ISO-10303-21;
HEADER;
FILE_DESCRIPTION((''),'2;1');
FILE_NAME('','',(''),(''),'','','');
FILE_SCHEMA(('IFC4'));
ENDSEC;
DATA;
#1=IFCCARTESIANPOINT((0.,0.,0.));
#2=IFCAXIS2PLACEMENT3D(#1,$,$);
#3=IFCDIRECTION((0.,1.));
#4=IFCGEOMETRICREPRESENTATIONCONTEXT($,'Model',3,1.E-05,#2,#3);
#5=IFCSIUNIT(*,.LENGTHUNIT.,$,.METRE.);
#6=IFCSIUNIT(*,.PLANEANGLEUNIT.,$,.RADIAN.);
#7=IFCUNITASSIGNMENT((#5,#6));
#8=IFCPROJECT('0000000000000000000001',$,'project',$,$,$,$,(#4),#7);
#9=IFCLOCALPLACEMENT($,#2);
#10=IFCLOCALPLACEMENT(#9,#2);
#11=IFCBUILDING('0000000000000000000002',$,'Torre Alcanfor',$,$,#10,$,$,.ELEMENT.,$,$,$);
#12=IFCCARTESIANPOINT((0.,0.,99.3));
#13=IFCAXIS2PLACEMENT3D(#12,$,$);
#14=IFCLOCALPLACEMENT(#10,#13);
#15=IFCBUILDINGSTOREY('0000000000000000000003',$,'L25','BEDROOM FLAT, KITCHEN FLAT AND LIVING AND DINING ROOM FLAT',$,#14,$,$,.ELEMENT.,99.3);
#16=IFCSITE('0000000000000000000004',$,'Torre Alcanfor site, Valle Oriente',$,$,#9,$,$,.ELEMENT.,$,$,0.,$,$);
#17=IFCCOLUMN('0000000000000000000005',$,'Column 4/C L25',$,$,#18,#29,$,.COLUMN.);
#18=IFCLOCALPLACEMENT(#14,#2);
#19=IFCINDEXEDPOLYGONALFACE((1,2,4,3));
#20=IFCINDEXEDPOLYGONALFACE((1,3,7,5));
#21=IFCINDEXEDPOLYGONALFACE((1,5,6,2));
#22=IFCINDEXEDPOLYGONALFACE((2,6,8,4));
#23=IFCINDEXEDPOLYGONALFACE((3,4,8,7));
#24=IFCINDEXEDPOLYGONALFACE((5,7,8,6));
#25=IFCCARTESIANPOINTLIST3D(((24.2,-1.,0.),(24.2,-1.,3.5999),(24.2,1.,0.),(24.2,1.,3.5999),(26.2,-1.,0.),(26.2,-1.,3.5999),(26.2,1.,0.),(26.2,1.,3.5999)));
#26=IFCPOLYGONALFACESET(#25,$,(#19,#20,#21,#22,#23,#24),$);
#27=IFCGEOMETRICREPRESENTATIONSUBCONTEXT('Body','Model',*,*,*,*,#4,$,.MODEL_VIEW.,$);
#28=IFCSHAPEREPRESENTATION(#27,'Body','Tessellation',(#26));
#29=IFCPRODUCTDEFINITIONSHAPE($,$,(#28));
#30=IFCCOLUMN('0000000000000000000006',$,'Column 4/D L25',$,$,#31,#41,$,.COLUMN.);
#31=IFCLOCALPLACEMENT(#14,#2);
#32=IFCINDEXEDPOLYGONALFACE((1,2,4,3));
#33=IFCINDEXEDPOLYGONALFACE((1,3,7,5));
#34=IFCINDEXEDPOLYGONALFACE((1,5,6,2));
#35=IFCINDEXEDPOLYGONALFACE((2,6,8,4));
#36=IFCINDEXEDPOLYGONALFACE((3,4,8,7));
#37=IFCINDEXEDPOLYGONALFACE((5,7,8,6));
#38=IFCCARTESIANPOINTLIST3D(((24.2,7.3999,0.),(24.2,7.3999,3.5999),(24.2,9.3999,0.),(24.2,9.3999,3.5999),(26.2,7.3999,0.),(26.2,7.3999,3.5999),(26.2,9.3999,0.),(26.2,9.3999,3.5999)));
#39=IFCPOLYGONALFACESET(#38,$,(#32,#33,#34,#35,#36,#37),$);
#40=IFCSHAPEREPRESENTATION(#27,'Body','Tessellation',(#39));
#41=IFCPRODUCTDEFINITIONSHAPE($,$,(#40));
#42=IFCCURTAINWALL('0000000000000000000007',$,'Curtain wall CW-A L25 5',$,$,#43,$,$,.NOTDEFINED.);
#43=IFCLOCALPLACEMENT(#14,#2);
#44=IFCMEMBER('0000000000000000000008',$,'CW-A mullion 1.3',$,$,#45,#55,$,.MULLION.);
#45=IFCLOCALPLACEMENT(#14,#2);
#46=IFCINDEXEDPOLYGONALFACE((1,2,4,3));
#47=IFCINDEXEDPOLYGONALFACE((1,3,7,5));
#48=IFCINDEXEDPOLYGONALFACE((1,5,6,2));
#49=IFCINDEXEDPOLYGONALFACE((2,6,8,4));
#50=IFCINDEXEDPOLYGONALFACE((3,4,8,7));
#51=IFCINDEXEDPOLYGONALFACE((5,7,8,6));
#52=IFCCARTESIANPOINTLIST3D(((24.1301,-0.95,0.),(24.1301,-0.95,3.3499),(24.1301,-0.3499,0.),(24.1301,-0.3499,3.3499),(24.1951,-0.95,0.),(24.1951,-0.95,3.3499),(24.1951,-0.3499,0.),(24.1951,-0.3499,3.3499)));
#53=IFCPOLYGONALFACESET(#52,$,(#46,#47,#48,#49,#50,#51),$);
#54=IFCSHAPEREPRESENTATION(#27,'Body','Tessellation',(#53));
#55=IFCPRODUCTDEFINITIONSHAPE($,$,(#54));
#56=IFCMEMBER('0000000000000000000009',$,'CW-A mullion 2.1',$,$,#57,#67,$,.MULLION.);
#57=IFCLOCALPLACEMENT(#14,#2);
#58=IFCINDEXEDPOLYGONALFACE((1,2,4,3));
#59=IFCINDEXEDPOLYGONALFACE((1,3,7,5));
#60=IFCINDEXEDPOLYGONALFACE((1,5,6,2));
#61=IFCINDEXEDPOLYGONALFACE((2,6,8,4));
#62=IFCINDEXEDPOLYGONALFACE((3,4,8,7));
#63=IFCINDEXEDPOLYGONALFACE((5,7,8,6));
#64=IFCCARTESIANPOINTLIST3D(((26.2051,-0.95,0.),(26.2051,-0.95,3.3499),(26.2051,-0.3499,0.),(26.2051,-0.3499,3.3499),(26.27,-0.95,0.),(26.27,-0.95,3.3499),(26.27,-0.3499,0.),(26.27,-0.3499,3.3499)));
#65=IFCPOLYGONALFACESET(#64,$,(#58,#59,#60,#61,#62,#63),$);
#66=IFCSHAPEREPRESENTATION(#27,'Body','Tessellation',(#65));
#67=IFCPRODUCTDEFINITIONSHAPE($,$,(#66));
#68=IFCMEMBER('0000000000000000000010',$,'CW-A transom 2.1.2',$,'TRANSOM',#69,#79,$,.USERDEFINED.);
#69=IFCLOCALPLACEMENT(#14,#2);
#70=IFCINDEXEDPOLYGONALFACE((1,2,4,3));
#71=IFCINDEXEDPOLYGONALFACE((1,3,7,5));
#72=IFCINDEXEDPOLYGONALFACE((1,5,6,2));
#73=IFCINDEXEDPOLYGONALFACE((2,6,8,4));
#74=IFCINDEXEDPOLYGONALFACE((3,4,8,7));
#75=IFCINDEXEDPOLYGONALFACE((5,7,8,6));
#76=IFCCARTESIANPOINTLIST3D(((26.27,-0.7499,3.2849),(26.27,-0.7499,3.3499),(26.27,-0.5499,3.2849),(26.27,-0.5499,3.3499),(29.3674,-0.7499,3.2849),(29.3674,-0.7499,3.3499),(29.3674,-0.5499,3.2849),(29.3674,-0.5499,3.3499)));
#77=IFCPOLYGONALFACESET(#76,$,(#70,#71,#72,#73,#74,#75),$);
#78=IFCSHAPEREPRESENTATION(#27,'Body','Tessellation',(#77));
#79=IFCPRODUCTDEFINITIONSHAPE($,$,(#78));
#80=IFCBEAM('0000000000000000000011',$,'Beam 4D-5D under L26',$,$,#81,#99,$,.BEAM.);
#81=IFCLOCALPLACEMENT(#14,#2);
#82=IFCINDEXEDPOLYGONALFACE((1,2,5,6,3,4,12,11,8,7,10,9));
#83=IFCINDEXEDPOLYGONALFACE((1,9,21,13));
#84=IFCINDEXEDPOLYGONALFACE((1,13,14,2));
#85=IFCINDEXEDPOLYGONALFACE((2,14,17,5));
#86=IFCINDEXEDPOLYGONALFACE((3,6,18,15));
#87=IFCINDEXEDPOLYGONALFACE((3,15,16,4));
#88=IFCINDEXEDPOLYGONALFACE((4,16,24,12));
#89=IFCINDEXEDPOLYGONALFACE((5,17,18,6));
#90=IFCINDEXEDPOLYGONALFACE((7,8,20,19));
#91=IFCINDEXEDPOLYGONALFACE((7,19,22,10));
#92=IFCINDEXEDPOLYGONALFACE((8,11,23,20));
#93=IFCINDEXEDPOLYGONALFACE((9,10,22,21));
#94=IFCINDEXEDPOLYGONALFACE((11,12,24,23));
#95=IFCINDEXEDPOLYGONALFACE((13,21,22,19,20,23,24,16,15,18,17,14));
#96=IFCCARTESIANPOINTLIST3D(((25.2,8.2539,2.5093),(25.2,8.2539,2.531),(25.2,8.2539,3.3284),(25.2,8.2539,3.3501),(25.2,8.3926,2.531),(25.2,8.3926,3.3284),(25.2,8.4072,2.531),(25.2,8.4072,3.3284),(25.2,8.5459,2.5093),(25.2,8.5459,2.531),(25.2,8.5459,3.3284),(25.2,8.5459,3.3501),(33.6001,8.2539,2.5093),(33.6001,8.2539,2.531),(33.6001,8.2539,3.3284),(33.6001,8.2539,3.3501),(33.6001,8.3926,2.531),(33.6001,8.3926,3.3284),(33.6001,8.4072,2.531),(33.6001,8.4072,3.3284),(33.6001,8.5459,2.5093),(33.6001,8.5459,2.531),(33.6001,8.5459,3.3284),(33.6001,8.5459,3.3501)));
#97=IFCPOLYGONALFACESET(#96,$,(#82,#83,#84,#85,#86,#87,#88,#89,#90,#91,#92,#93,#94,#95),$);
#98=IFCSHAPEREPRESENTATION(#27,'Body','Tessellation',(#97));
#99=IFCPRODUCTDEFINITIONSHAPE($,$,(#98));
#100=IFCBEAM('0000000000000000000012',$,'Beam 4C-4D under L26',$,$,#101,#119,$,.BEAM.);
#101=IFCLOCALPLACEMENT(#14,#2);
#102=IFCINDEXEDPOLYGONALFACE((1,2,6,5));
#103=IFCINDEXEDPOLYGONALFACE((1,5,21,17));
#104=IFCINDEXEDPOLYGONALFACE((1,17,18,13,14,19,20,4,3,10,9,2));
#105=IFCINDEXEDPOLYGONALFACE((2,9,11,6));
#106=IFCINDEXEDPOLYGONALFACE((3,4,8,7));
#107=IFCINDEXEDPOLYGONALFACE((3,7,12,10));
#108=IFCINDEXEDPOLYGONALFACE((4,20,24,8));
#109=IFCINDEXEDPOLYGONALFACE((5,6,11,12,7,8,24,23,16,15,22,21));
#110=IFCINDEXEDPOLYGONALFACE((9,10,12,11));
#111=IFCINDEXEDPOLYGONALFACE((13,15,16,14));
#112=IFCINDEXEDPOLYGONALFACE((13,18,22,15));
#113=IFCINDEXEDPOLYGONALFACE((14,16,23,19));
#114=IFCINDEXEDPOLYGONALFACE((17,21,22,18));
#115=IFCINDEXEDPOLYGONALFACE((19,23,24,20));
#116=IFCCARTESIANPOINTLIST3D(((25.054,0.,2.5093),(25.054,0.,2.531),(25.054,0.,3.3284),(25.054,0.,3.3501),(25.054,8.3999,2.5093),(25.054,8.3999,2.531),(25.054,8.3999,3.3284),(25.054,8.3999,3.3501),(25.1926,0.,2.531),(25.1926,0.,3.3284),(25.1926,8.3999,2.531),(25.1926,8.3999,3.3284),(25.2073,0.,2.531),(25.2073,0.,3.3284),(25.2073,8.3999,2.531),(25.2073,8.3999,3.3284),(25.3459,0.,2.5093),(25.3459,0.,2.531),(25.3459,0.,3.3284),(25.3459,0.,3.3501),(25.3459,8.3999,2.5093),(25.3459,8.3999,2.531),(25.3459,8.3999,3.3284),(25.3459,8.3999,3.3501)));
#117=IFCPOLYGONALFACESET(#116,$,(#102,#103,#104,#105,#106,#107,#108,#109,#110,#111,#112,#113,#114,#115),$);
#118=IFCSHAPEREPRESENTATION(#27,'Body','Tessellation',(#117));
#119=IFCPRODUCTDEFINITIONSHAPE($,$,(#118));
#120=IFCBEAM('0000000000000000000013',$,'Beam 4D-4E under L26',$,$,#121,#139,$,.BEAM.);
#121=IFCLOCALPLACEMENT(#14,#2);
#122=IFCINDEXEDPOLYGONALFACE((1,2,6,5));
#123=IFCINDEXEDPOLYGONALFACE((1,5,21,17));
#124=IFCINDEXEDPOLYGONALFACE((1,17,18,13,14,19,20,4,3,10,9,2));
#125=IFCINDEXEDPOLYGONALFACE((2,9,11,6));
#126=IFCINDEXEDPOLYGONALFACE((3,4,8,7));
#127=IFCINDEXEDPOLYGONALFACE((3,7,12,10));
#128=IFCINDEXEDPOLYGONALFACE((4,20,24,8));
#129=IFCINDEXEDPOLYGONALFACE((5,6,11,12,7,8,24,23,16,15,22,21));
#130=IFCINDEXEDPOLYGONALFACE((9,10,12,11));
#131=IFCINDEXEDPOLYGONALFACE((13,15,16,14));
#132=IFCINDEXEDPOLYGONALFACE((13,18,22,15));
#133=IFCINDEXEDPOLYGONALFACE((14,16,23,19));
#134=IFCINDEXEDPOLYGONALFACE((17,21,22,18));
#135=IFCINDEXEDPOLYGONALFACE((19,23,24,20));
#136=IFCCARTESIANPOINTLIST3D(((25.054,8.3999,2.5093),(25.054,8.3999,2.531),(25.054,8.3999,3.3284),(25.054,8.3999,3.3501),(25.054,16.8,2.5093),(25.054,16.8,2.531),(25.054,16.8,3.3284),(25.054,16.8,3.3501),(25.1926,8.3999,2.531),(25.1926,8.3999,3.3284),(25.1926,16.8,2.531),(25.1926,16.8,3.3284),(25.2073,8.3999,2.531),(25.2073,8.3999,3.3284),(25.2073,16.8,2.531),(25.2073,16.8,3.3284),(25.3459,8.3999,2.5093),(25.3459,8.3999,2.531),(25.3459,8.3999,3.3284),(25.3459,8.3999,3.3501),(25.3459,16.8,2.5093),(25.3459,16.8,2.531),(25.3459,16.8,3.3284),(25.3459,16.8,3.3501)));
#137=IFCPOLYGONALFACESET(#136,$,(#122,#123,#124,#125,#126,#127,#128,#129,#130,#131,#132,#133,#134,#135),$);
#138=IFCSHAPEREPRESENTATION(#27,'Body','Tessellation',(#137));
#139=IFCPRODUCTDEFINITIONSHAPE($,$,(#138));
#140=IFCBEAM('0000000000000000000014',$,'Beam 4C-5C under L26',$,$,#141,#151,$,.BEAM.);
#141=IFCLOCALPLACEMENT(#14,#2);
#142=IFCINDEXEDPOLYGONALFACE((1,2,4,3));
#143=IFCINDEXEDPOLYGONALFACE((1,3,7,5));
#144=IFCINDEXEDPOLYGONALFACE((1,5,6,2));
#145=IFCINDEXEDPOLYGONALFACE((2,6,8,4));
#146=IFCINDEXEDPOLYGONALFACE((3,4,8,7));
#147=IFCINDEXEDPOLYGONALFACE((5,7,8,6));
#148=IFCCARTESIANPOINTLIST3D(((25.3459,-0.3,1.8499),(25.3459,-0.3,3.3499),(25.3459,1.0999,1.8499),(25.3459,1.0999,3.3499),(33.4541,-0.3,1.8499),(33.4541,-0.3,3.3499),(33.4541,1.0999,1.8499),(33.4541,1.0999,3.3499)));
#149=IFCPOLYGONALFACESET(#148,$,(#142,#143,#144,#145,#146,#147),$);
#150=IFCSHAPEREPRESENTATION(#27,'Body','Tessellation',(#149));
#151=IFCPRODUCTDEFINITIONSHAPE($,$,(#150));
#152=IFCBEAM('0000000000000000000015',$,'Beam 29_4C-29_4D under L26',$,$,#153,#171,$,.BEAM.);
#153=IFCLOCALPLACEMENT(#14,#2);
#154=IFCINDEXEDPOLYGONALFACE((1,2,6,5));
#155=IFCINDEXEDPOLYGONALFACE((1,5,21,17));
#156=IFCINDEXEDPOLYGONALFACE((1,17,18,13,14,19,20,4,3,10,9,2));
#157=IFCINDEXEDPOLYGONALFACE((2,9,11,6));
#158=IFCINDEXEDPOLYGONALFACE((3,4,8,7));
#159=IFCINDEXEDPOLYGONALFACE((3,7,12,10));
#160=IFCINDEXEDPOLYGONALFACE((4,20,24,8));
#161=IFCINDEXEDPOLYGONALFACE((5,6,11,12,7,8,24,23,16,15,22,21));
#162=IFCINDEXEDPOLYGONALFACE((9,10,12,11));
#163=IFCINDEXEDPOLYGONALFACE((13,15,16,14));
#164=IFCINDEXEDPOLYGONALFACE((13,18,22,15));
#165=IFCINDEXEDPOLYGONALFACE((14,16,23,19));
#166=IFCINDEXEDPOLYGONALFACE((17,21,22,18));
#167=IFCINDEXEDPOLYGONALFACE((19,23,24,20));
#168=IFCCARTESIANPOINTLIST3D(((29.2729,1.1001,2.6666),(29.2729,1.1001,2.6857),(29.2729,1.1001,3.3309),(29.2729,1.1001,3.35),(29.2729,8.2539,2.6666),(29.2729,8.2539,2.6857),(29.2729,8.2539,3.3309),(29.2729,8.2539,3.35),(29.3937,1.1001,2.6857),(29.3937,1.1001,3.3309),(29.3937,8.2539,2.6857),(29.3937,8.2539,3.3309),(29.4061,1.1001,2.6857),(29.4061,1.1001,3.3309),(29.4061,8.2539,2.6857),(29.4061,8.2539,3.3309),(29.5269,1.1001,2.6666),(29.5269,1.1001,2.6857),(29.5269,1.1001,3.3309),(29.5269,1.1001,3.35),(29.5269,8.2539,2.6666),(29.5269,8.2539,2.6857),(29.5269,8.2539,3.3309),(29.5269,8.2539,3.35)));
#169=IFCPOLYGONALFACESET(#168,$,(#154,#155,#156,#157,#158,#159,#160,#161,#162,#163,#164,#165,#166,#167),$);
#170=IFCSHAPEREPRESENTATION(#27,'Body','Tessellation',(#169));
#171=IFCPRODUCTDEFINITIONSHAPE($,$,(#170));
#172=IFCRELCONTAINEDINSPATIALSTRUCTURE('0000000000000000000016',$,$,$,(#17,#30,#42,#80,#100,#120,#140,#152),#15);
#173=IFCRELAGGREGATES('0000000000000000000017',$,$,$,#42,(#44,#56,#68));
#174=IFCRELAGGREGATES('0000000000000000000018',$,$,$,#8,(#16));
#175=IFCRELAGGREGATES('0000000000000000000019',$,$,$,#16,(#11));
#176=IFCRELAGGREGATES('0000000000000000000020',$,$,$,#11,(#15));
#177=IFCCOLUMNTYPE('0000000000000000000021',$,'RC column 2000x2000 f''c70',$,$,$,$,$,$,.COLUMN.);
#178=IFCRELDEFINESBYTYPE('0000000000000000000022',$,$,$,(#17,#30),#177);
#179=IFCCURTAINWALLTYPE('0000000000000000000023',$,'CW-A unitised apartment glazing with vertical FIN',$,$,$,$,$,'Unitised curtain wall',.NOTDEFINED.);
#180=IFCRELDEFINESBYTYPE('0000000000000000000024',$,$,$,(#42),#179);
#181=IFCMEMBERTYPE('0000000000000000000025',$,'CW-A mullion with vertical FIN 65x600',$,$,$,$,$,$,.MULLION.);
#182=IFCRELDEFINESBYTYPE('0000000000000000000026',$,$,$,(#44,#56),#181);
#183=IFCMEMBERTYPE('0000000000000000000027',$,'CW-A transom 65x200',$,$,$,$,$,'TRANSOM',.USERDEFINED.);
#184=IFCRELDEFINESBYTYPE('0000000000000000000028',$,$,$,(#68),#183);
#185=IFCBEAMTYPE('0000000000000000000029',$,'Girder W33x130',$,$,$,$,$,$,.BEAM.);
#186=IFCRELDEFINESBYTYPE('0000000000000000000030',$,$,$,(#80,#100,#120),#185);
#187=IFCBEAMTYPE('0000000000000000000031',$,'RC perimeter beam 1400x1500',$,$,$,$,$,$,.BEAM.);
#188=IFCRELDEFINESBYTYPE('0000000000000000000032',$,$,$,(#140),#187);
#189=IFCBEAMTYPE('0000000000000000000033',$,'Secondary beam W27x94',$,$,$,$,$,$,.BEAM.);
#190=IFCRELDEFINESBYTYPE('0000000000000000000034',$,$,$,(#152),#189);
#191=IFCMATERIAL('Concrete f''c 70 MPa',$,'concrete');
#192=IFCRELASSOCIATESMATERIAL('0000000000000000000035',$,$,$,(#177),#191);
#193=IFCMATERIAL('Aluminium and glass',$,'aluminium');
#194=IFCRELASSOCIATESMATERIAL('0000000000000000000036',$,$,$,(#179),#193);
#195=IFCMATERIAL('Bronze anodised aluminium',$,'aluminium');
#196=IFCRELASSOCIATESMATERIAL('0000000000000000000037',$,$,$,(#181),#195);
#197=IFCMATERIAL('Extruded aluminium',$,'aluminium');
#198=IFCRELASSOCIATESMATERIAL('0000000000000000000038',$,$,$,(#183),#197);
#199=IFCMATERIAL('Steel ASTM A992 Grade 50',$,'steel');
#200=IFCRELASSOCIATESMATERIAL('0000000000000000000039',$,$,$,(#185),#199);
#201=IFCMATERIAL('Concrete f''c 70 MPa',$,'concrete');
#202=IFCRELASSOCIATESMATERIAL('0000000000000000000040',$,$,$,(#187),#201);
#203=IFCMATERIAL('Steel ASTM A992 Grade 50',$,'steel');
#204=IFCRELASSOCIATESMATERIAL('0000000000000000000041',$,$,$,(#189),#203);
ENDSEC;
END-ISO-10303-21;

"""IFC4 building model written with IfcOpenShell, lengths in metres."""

from ifc_helpers import new_model, si_unit, direction, frame, origin, origin_2d, place, context, subcontext, project, spatial, rectangle, i_section, extrude, material, material_profile, profile_set, type_object, element, aggregate, save


model = new_model("IFC4")

# Units and contexts
model_context = context("Model", 3, precision=1e-05, world=origin(), true_north=direction((0.0, 1.0)))
body_context = subcontext(model_context, "Body", "Model", "MODEL_VIEW")
ifc_project = project(units=[si_unit("LENGTHUNIT", "METRE"), si_unit("PLANEANGLEUNIT", "RADIAN")], contexts=[model_context])

# Site, building, storey
site_placement = place(None, origin())
site = spatial("IfcSite", under=ifc_project, at=site_placement, Name="Torre Alcanfor site, Valle Oriente", CompositionType="ELEMENT", RefElevation=0.0)
building_placement = place(site_placement, origin())
building = spatial("IfcBuilding", under=site, at=building_placement, Name="Torre Alcanfor", CompositionType="ELEMENT")
storey_placement = place(building_placement, frame((0.0, 0.0, 99.3)))
storey = spatial("IfcBuildingStorey", under=building, at=storey_placement, Name="L25", Description="BEDROOM FLAT, KITCHEN FLAT AND LIVING AND DINING ROOM FLAT", CompositionType="ELEMENT", Elevation=99.3)

# Columns
ifc_material_1 = material(Name="Concrete f'c 70 MPa", Category="concrete")
ifc_material_profile_1 = material_profile(ifc_material_1, rectangle(XDim=2.0, YDim=2.0, at=origin_2d()), Name="2000x2000")
ifc_profile_set_1 = profile_set([ifc_material_profile_1], Name="Concrete f'c 70 MPa")
column_type = type_object("IfcColumnType", Name="RC column 2000x2000 f'c70", PredefinedType="COLUMN", material=ifc_profile_set_1)
for number, where, z_axis, x_axis, name in (
    (1, (25.2, 0.0, 0.0), (0.0, 0.0, 1.0), (1.0, 0.0, 0.0), "Column 4/C L25"),
    (2, (25.2, 8.3999, 0.0), (0.0, 0.0, 1.0), (1.0, 0.0, 0.0), "Column 4/D L25"),
):
    element("IfcColumn", number, at=place(storey_placement, frame(where, z_axis=z_axis, x_axis=x_axis)), inside=storey, type_object=column_type, Name=name, PredefinedType="COLUMN", context=body_context, shape_type="SweptSolid", body=[
        extrude(rectangle(XDim=2.0, YDim=2.0, at=origin_2d()), origin(), (0.0, 0.0, 1.0), 3.5999),
    ])

# Curtain wall, members
ifc_material_2 = material(Name="Aluminium and glass", Category="aluminium")
curtain_wall_type = type_object("IfcCurtainWallType", Name="CW-A unitised apartment glazing with vertical FIN", ElementType="Unitised curtain wall", PredefinedType="NOTDEFINED", material=ifc_material_2)
curtain_wall_placement = place(storey_placement, origin())
curtain_wall = element("IfcCurtainWall", 3, at=curtain_wall_placement, inside=storey, type_object=curtain_wall_type, Name="Curtain wall CW-A L25 5", PredefinedType="NOTDEFINED")
ifc_material_3 = material(Name="Bronze anodised aluminium", Category="aluminium")
ifc_material_profile_2 = material_profile(ifc_material_3, rectangle(XDim=0.6001, YDim=0.0649, at=origin_2d()), Name="CW-A mullion 65x600")
ifc_profile_set_2 = profile_set([ifc_material_profile_2], Name="Bronze anodised aluminium")
member_type_1 = type_object("IfcMemberType", Name="CW-A mullion with vertical FIN 65x600", PredefinedType="MULLION", material=ifc_profile_set_2)
member_1_placement = place(storey_placement, frame((24.1626, -0.6499, 0.0), z_axis=(0.0, 0.0, 1.0), x_axis=(0.0, 1.0, 0.0)))
member_1 = element("IfcMember", 4, at=member_1_placement, type_object=member_type_1, Name="CW-A mullion 1.3", PredefinedType="MULLION", context=body_context, shape_type="SweptSolid", body=[
    extrude(rectangle(XDim=0.6001, YDim=0.0649, at=origin_2d()), origin(), (0.0, 0.0, 1.0), 3.3499),
])
member_2_placement = place(storey_placement, frame((26.2375, -0.6499, 0.0), z_axis=(0.0, 0.0, 1.0), x_axis=(0.0, 1.0, 0.0)))
member_2 = element("IfcMember", 5, at=member_2_placement, type_object=member_type_1, Name="CW-A mullion 2.1", PredefinedType="MULLION", context=body_context, shape_type="SweptSolid", body=[
    extrude(rectangle(XDim=0.6001, YDim=0.0649, at=origin_2d()), origin(), (0.0, 0.0, 1.0), 3.3499),
])
ifc_material_4 = material(Name="Extruded aluminium", Category="aluminium")
ifc_material_profile_3 = material_profile(ifc_material_4, rectangle(XDim=0.2, YDim=0.0649, at=origin_2d()), Name="CW-A transom 200x65")
ifc_profile_set_3 = profile_set([ifc_material_profile_3], Name="Extruded aluminium")
member_type_2 = type_object("IfcMemberType", Name="CW-A transom 65x200", ElementType="TRANSOM", PredefinedType="USERDEFINED", material=ifc_profile_set_3)
member_3_placement = place(storey_placement, frame((26.27, -0.6499, 3.3174), z_axis=(1.0, 0.0, 0.0), x_axis=(0.0, 1.0, 0.0)))
member_3 = element("IfcMember", 6, at=member_3_placement, type_object=member_type_2, Name="CW-A transom 2.1.2", ObjectType="TRANSOM", PredefinedType="USERDEFINED", context=body_context, shape_type="SweptSolid", body=[
    extrude(rectangle(XDim=0.2, YDim=0.0649, at=origin_2d()), origin(), (0.0, 0.0, 1.0), 3.0974),
])

# Beams
ifc_material_5 = material(Name="Steel ASTM A992 Grade 50", Category="steel")
ifc_material_profile_4 = material_profile(ifc_material_5, i_section(OverallWidth=0.292, OverallDepth=0.8408, WebThickness=0.0146, FlangeThickness=0.0217, at=origin_2d()), Name="W33x130")
ifc_profile_set_4 = profile_set([ifc_material_profile_4], Name="Steel ASTM A992 Grade 50")
beam_type_1 = type_object("IfcBeamType", Name="Girder W33x130", PredefinedType="BEAM", material=ifc_profile_set_4)
beam_1_placement = place(storey_placement, frame((25.2, 8.3999, 2.9297), z_axis=(1.0, 0.0, 0.0), x_axis=(0.0, 1.0, 0.0)))
element("IfcBeam", 7, at=beam_1_placement, inside=storey, type_object=beam_type_1, Name="Beam 4D-5D under L26", PredefinedType="BEAM", context=body_context, shape_type="SweptSolid", body=[
    extrude(i_section(OverallWidth=0.292, OverallDepth=0.8408, WebThickness=0.0146, FlangeThickness=0.0217, at=origin_2d()), origin(), (0.0, 0.0, 1.0), 8.4001),
])
beam_2_placement = place(storey_placement, frame((25.2, 0.0, 2.9297), z_axis=(0.0, 1.0, 0.0), x_axis=(-1.0, 0.0, 0.0)))
element("IfcBeam", 8, at=beam_2_placement, inside=storey, type_object=beam_type_1, Name="Beam 4C-4D under L26", PredefinedType="BEAM", context=body_context, shape_type="SweptSolid", body=[
    extrude(i_section(OverallWidth=0.292, OverallDepth=0.8408, WebThickness=0.0146, FlangeThickness=0.0217, at=origin_2d()), origin(), (0.0, 0.0, 1.0), 8.3999),
])
beam_3_placement = place(storey_placement, frame((25.2, 8.3999, 2.9297), z_axis=(0.0, 1.0, 0.0), x_axis=(-1.0, 0.0, 0.0)))
element("IfcBeam", 9, at=beam_3_placement, inside=storey, type_object=beam_type_1, Name="Beam 4D-4E under L26", PredefinedType="BEAM", context=body_context, shape_type="SweptSolid", body=[
    extrude(i_section(OverallWidth=0.292, OverallDepth=0.8408, WebThickness=0.0146, FlangeThickness=0.0217, at=origin_2d()), origin(), (0.0, 0.0, 1.0), 8.4001),
])
ifc_material_6 = material(Name="Concrete f'c 70 MPa", Category="concrete")
ifc_material_profile_5 = material_profile(ifc_material_6, rectangle(XDim=1.3999, YDim=1.5, at=origin_2d()), Name="1400x1500")
ifc_profile_set_5 = profile_set([ifc_material_profile_5], Name="Concrete f'c 70 MPa")
beam_type_2 = type_object("IfcBeamType", Name="RC perimeter beam 1400x1500", PredefinedType="BEAM", material=ifc_profile_set_5)
beam_4_placement = place(storey_placement, frame((25.3459, 0.3999, 2.5999), z_axis=(1.0, 0.0, 0.0), x_axis=(0.0, 1.0, 0.0)))
element("IfcBeam", 10, at=beam_4_placement, inside=storey, type_object=beam_type_2, Name="Beam 4C-5C under L26", PredefinedType="BEAM", context=body_context, shape_type="SweptSolid", body=[
    extrude(rectangle(XDim=1.3999, YDim=1.5, at=origin_2d()), origin(), (0.0, 0.0, 1.0), 8.1082),
])
ifc_material_7 = material(Name="Steel ASTM A992 Grade 50", Category="steel")
ifc_material_profile_6 = material_profile(ifc_material_7, i_section(OverallWidth=0.2539, OverallDepth=0.6833, WebThickness=0.0125, FlangeThickness=0.019, at=origin_2d()), Name="W27x94")
ifc_profile_set_6 = profile_set([ifc_material_profile_6], Name="Steel ASTM A992 Grade 50")
beam_type_3 = type_object("IfcBeamType", Name="Secondary beam W27x94", PredefinedType="BEAM", material=ifc_profile_set_6)
beam_5_placement = place(storey_placement, frame((29.3999, 1.1001, 3.0083), z_axis=(0.0, 1.0, 0.0), x_axis=(-1.0, 0.0, 0.0)))
element("IfcBeam", 11, at=beam_5_placement, inside=storey, type_object=beam_type_3, Name="Beam 29_4C-29_4D under L26", PredefinedType="BEAM", context=body_context, shape_type="SweptSolid", body=[
    extrude(i_section(OverallWidth=0.2539, OverallDepth=0.6833, WebThickness=0.0125, FlangeThickness=0.019, at=origin_2d()), origin(), (0.0, 0.0, 1.0), 7.1538),
])

aggregate(curtain_wall, [member_1, member_2, member_3])

save(model, "model.ifc")
